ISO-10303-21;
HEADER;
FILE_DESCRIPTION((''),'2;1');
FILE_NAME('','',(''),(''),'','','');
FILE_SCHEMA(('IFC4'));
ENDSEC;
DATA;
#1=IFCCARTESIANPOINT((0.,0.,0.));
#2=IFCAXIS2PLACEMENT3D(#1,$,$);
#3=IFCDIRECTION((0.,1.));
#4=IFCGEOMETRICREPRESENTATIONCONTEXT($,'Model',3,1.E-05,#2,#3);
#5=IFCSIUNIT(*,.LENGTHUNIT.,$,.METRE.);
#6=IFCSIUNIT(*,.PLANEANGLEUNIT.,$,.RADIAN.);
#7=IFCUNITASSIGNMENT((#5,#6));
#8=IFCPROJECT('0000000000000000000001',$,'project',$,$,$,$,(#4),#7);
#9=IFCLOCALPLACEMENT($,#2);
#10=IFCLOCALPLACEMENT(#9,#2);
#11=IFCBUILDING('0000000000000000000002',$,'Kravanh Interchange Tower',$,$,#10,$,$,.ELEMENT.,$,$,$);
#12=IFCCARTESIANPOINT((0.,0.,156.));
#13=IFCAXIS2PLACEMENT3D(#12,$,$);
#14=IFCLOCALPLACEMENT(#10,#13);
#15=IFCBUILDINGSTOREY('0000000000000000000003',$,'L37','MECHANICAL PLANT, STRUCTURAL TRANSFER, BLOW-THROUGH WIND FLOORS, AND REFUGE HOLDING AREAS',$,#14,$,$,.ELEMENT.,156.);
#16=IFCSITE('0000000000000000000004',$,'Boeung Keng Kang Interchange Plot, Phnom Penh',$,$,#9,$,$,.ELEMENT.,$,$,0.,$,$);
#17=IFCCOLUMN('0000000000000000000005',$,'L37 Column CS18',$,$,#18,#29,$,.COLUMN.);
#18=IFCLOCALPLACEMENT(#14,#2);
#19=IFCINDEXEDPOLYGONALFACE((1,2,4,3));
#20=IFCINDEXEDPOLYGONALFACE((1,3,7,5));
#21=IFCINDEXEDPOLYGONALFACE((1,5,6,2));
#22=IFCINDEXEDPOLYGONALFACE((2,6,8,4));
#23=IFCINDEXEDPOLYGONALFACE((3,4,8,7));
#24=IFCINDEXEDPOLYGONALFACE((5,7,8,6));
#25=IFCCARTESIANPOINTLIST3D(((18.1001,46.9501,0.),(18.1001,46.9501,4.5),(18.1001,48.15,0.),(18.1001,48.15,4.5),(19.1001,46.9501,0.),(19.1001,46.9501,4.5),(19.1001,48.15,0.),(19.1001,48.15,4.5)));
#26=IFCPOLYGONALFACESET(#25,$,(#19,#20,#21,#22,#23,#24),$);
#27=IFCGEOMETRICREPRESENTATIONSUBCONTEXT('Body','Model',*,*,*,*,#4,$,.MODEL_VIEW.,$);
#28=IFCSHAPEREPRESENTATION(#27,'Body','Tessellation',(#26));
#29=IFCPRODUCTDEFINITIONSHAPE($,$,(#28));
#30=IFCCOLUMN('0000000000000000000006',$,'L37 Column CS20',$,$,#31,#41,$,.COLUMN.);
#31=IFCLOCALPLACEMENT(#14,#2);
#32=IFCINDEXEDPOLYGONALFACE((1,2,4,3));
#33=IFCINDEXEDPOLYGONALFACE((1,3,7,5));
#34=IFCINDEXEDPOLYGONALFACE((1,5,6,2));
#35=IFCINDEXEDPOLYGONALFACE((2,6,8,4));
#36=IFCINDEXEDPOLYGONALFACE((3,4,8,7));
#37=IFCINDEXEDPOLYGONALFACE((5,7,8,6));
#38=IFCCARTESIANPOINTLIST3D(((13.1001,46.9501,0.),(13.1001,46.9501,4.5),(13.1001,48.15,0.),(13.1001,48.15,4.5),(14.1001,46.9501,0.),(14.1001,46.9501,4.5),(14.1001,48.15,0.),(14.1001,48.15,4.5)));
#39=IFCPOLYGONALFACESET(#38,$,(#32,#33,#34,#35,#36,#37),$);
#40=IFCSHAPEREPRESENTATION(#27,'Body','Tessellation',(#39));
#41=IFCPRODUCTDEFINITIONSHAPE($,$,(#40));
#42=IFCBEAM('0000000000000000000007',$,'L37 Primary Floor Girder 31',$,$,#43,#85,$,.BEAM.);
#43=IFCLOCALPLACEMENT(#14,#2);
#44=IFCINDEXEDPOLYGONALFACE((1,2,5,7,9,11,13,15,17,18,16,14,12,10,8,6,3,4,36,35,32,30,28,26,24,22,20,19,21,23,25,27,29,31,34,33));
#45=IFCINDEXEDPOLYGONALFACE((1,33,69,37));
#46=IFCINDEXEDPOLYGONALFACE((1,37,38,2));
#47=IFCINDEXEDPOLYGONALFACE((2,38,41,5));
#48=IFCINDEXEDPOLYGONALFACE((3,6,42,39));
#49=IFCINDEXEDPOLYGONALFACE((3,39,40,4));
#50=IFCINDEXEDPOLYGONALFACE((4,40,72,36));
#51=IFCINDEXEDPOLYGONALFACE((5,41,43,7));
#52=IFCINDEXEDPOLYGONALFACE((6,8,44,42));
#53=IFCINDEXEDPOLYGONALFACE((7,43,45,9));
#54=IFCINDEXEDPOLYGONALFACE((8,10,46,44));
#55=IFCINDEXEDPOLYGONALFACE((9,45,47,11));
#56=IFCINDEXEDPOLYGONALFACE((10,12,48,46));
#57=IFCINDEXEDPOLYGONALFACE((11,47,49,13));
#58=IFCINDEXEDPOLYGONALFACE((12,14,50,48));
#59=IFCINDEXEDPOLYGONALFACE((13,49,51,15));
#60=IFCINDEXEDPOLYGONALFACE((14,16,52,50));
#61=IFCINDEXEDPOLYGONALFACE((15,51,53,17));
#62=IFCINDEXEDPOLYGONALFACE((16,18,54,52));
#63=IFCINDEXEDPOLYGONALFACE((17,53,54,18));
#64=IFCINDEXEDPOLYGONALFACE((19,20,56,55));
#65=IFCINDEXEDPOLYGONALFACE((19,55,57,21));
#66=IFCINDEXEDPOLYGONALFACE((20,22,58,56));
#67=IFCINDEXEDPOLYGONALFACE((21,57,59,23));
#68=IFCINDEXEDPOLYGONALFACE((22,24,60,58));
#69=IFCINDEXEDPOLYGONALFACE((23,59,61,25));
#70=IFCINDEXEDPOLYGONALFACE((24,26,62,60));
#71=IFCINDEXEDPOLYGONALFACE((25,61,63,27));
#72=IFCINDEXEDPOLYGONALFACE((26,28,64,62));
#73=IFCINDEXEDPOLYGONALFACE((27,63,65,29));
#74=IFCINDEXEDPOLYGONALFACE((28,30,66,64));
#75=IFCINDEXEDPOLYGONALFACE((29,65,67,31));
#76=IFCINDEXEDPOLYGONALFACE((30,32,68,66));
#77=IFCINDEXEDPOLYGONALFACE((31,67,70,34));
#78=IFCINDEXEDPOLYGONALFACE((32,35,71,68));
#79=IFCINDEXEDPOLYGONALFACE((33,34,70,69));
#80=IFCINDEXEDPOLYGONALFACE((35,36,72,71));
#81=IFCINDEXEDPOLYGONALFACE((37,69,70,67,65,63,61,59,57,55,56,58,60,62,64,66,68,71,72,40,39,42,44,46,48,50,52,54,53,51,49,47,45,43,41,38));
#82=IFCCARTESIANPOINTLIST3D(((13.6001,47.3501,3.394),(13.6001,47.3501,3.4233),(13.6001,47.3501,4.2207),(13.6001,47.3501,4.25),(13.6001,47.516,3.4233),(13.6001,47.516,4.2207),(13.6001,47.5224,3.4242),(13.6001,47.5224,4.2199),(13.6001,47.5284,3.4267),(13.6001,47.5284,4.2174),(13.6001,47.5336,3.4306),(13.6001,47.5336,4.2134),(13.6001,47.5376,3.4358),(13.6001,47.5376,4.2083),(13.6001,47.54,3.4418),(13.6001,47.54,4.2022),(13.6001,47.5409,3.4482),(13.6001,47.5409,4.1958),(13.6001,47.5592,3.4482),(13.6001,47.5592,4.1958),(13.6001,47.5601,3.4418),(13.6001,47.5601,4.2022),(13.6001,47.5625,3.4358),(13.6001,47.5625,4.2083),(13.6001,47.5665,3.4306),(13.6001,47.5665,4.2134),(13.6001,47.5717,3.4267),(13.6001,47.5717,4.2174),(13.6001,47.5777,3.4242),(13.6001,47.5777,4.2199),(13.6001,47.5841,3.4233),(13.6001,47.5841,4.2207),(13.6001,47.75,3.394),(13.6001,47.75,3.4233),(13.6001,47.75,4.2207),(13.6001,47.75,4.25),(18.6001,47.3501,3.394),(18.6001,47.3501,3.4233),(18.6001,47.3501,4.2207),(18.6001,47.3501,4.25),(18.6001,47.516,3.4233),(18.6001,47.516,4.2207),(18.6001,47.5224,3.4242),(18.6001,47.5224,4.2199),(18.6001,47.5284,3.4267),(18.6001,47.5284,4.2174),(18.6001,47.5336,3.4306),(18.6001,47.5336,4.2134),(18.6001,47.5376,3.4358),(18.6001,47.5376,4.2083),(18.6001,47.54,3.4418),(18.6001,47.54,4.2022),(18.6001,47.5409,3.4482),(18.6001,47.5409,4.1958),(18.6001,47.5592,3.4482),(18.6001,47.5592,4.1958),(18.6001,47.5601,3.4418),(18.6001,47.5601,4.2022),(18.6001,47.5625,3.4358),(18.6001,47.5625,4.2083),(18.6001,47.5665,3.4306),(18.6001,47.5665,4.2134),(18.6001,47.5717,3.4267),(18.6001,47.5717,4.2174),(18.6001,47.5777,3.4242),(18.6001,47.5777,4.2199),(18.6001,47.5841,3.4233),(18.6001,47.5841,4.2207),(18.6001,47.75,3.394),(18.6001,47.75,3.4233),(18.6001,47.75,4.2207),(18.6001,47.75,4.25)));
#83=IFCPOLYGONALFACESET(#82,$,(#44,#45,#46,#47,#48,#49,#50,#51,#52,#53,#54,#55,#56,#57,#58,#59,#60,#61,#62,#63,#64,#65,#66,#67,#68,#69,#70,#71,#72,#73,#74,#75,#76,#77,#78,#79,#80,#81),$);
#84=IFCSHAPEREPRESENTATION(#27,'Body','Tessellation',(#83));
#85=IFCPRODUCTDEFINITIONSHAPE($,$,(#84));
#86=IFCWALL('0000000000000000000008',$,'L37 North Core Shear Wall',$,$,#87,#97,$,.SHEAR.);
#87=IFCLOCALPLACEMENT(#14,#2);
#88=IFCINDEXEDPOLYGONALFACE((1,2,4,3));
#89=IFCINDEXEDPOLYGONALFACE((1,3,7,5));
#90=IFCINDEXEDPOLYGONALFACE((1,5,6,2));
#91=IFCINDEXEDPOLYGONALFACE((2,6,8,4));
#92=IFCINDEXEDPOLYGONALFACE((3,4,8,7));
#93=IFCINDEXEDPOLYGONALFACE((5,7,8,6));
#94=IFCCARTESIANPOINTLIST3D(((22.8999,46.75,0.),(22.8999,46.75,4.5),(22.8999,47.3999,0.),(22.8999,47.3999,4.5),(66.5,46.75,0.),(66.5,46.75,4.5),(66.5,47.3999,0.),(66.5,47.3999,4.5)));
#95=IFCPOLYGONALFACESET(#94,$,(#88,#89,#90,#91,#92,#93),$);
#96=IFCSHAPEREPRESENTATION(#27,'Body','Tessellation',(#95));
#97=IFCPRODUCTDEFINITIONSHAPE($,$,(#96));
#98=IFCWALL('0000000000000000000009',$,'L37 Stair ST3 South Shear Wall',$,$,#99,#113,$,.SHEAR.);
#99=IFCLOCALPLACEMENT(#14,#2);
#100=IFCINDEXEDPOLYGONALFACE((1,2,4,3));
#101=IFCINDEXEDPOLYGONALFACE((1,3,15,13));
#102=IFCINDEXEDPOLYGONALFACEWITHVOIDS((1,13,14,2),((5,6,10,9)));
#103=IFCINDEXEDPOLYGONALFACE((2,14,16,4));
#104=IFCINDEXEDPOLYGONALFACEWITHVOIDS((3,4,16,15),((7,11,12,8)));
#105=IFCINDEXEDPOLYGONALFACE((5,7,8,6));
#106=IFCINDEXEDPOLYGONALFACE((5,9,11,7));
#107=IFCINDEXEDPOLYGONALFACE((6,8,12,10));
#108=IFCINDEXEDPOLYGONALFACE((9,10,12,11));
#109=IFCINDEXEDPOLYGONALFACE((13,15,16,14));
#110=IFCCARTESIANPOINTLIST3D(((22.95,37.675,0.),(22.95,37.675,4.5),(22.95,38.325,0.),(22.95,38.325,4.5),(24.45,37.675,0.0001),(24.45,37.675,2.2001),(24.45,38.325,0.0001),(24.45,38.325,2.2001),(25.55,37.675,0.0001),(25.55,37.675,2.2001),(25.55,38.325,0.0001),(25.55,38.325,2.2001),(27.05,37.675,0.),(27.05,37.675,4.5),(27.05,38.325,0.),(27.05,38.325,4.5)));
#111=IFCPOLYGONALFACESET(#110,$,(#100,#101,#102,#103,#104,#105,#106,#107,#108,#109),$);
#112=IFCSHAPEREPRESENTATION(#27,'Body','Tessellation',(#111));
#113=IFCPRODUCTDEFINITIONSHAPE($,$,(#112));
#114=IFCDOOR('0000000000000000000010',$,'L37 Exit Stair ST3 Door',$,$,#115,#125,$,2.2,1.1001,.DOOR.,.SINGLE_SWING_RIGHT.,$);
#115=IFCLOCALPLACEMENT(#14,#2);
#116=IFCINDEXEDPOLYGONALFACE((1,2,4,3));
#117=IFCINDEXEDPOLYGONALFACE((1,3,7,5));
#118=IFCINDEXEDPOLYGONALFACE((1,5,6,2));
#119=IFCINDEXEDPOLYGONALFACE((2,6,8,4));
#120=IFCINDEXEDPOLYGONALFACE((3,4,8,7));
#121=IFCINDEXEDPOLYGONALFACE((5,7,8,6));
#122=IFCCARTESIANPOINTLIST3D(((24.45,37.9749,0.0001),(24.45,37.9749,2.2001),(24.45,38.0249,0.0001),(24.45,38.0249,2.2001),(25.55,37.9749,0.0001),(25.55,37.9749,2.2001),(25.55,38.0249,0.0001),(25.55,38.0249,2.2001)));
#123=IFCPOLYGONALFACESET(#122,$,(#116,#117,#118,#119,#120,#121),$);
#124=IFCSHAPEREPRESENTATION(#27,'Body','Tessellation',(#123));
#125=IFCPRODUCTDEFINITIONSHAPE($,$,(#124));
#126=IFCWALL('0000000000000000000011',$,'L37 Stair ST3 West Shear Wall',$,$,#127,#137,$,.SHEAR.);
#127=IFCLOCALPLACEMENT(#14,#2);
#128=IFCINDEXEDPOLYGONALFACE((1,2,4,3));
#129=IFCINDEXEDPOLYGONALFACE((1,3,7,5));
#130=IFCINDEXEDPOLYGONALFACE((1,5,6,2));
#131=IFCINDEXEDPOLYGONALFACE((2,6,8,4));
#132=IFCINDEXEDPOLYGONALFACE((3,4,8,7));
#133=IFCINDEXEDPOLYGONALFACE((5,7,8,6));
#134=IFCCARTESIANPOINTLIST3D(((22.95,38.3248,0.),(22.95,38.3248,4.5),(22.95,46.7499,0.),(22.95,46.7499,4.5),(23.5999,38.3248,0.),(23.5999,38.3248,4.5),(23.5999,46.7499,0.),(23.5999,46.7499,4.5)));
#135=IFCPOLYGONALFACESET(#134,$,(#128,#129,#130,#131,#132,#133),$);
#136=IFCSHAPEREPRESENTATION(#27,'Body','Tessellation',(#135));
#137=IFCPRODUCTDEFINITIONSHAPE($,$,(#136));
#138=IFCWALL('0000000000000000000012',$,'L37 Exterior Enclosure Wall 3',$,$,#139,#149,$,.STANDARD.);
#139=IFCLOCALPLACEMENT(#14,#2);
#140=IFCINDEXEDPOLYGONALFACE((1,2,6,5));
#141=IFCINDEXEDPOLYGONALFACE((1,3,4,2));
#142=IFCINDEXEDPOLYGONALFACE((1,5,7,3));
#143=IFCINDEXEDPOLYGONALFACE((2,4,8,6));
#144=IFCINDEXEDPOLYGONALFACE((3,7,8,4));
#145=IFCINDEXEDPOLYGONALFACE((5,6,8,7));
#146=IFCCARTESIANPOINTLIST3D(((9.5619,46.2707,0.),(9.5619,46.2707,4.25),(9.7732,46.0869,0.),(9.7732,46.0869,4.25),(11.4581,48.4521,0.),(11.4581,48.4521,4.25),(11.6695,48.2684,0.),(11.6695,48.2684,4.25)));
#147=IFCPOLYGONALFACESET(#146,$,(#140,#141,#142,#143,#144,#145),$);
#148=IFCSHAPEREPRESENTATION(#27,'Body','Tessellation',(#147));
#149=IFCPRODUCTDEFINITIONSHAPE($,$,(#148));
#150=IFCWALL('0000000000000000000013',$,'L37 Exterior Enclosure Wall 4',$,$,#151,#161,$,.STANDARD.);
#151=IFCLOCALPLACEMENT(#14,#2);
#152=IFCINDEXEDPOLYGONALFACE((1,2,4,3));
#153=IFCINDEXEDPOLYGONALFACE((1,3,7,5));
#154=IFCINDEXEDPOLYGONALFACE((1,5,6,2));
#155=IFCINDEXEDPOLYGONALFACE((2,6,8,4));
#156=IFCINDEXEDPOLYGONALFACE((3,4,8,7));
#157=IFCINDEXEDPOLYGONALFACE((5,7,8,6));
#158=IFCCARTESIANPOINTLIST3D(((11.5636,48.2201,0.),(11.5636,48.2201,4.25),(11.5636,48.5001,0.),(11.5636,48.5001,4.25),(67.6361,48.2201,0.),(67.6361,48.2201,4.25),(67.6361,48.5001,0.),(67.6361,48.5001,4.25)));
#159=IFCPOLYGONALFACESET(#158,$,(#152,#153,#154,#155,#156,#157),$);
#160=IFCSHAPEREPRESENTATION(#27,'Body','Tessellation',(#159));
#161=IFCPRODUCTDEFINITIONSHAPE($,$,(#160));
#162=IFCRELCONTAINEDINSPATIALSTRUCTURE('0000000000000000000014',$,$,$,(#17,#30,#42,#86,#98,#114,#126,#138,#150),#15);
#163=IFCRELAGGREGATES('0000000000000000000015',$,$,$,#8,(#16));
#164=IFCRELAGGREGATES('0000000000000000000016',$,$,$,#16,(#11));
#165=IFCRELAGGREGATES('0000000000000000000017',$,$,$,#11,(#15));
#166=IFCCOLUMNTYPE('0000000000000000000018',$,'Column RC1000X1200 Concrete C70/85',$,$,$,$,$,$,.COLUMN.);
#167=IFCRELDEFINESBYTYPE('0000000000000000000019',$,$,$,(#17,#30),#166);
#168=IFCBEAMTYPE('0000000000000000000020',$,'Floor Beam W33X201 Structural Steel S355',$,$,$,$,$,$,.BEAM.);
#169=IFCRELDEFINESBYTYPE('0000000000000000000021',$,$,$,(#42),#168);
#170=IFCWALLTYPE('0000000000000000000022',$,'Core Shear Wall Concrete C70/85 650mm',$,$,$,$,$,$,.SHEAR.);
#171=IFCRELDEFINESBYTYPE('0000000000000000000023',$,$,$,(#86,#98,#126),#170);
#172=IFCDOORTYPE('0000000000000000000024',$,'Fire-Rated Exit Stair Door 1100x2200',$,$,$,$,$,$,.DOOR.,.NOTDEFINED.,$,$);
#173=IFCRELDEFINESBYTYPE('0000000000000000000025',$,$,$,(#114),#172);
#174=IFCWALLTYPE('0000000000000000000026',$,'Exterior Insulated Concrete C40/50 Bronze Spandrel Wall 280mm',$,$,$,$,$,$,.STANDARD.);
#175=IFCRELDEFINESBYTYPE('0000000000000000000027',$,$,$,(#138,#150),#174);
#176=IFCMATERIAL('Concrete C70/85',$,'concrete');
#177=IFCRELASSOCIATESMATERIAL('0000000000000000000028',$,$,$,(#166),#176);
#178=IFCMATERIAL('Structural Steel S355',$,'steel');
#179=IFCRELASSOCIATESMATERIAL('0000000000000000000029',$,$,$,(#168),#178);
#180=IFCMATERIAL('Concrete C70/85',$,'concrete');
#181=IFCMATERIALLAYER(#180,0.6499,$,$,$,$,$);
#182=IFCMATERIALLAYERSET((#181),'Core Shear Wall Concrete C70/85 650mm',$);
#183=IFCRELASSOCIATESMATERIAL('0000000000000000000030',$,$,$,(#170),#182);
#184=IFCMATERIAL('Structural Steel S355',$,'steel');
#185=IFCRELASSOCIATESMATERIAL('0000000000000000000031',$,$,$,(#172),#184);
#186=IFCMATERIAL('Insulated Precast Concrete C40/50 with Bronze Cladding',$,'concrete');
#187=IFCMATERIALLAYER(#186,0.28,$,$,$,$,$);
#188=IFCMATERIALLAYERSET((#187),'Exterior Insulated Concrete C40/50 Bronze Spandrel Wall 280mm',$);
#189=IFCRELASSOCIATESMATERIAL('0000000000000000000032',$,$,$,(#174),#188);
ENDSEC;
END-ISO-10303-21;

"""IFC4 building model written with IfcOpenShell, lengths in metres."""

from ifc_helpers import new_model, si_unit, direction, frame, frame_2d, origin, origin_2d, place, context, subcontext, project, spatial, rectangle, i_section, extrude, material, layer, layer_set, material_profile, profile_set, type_object, element, fill, save


model = new_model("IFC4")

# Units and contexts
model_context = context("Model", 3, precision=1e-05, world=origin(), true_north=direction((0.0, 1.0)))
body_context = subcontext(model_context, "Body", "Model", "MODEL_VIEW")
ifc_project = project(units=[si_unit("LENGTHUNIT", "METRE"), si_unit("PLANEANGLEUNIT", "RADIAN")], contexts=[model_context])

# Site, building, storey
site_placement = place(None, origin())
site = spatial("IfcSite", under=ifc_project, at=site_placement, Name="Boeung Keng Kang Interchange Plot, Phnom Penh", CompositionType="ELEMENT", RefElevation=0.0)
building_placement = place(site_placement, origin())
building = spatial("IfcBuilding", under=site, at=building_placement, Name="Kravanh Interchange Tower", CompositionType="ELEMENT")
storey_placement = place(building_placement, frame((0.0, 0.0, 156.0)))
storey = spatial("IfcBuildingStorey", under=building, at=storey_placement, Name="L37", Description="MECHANICAL PLANT, STRUCTURAL TRANSFER, BLOW-THROUGH WIND FLOORS, AND REFUGE HOLDING AREAS", CompositionType="ELEMENT", Elevation=156.0)

# Columns
ifc_material_1 = material(Name="Concrete C70/85", Category="concrete")
ifc_material_profile_1 = material_profile(ifc_material_1, rectangle(XDim=1.0, YDim=1.2, at=origin_2d()), Name="RC1000X1200")
ifc_profile_set_1 = profile_set([ifc_material_profile_1], Name="Concrete C70/85")
column_type = type_object("IfcColumnType", Name="Column RC1000X1200 Concrete C70/85", PredefinedType="COLUMN", material=ifc_profile_set_1)
for number, where, z_axis, x_axis, name in (
    (1, (18.6001, 47.55, 0.0), (0.0, 0.0, 1.0), (1.0, 0.0, 0.0), "L37 Column CS18"),
    (2, (13.6001, 47.55, 0.0), (0.0, 0.0, 1.0), (1.0, 0.0, 0.0), "L37 Column CS20"),
):
    element("IfcColumn", number, at=place(storey_placement, frame(where, z_axis=z_axis, x_axis=x_axis)), inside=storey, type_object=column_type, Name=name, PredefinedType="COLUMN", context=body_context, shape_type="SweptSolid", body=[
        extrude(rectangle(XDim=1.0, YDim=1.2, at=origin_2d()), origin(), (0.0, 0.0, 1.0), 4.5),
    ])

# Beam
ifc_material_2 = material(Name="Structural Steel S355", Category="steel")
ifc_material_profile_2 = material_profile(ifc_material_2, i_section(OverallWidth=0.3999, OverallDepth=0.856, WebThickness=0.0183, FlangeThickness=0.0293, FilletRadius=0.0249, at=origin_2d()), Name="W33X201")
ifc_profile_set_2 = profile_set([ifc_material_profile_2], Name="Structural Steel S355")
beam_type = type_object("IfcBeamType", Name="Floor Beam W33X201 Structural Steel S355", PredefinedType="BEAM", material=ifc_profile_set_2)
beam_placement = place(storey_placement, frame((18.6001, 47.55, 3.822), z_axis=(-1.0, 0.0, 0.0), x_axis=(0.0, -1.0, 0.0)))
element("IfcBeam", 3, at=beam_placement, inside=storey, type_object=beam_type, Name="L37 Primary Floor Girder 31", PredefinedType="BEAM", context=body_context, shape_type="SweptSolid", body=[
    extrude(i_section(OverallWidth=0.3999, OverallDepth=0.856, WebThickness=0.0183, FlangeThickness=0.0293, FilletRadius=0.0249, at=origin_2d()), origin(), (0.0, 0.0, 1.0), 5.0),
])

# Wall
ifc_material_3 = material(Name="Concrete C70/85", Category="concrete")
ifc_layer_1 = layer(ifc_material_3, 0.6499)
ifc_layer_set_1 = layer_set([ifc_layer_1], Name="Core Shear Wall Concrete C70/85 650mm")
wall_type_1 = type_object("IfcWallType", Name="Core Shear Wall Concrete C70/85 650mm", PredefinedType="SHEAR", material=ifc_layer_set_1)
wall_1_placement = place(storey_placement, frame((22.8999, 47.075, 0.0), z_axis=(0.0, 0.0, 1.0), x_axis=(1.0, 0.0, 0.0)))
element("IfcWall", 4, at=wall_1_placement, inside=storey, type_object=wall_type_1, Name="L37 North Core Shear Wall", PredefinedType="SHEAR", context=body_context, shape_type="SweptSolid", body=[
    extrude(rectangle(XDim=43.6001, YDim=0.6499, at=frame_2d((21.8, 0.0))), origin(), (0.0, 0.0, 1.0), 4.5),
])

# Wall, opening, door
wall_2_placement = place(storey_placement, frame((22.95, 38.0, 0.0), z_axis=(0.0, 0.0, 1.0), x_axis=(1.0, 0.0, 0.0)))
wall_2 = element("IfcWall", 5, at=wall_2_placement, inside=storey, type_object=wall_type_1, Name="L37 Stair ST3 South Shear Wall", PredefinedType="SHEAR", context=body_context, shape_type="SweptSolid", body=[
    extrude(rectangle(XDim=4.1001, YDim=0.6499, at=frame_2d((2.05, 0.0))), origin(), (0.0, 0.0, 1.0), 4.5),
])
opening_placement = place(wall_2_placement, frame((1.5, 0.0, 0.0)))
opening = element("IfcOpeningElement", 6, at=opening_placement, cuts=wall_2, PredefinedType="OPENING", context=body_context, shape_type="SweptSolid", body=[
    extrude(rectangle(XDim=1.1001, YDim=2.2, at=frame_2d((0.55, 1.1001))), frame((0.0, 0.335, 0.0), z_axis=(0.0, -1.0, 0.0), x_axis=(1.0, 0.0, 0.0)), (0.0, 0.0, 1.0), 0.6699),
])
ifc_material_4 = material(Name="Structural Steel S355", Category="steel")
door_type = type_object("IfcDoorType", Name="Fire-Rated Exit Stair Door 1100x2200", OperationType="NOTDEFINED", PredefinedType="DOOR", material=ifc_material_4)
door_placement = place(opening_placement, origin())
door = element("IfcDoor", 7, at=door_placement, inside=storey, type_object=door_type, Name="L37 Exit Stair ST3 Door", OperationType="SINGLE_SWING_RIGHT", OverallHeight=2.2, OverallWidth=1.1001, PredefinedType="DOOR", context=body_context, shape_type="SweptSolid", body=[
    extrude(rectangle(XDim=1.1001, YDim=2.2, at=frame_2d((0.55, 1.1001))), frame((0.0, 0.0249, 0.0), z_axis=(0.0, -1.0, 0.0), x_axis=(1.0, 0.0, 0.0)), (0.0, 0.0, 1.0), 0.05),
])
fill(opening, door)

# Walls
wall_3_placement = place(storey_placement, frame((23.2749, 38.325, 0.0), z_axis=(0.0, 0.0, 1.0), x_axis=(0.0, 1.0, 0.0)))
element("IfcWall", 8, at=wall_3_placement, inside=storey, type_object=wall_type_1, Name="L37 Stair ST3 West Shear Wall", PredefinedType="SHEAR", context=body_context, shape_type="SweptSolid", body=[
    extrude(rectangle(XDim=8.425, YDim=0.6499, at=frame_2d((4.2124, 0.0))), origin(), (0.0, 0.0, 1.0), 4.5),
])
ifc_material_5 = material(Name="Insulated Precast Concrete C40/50 with Bronze Cladding", Category="concrete")
ifc_layer_2 = layer(ifc_material_5, 0.28)
ifc_layer_set_2 = layer_set([ifc_layer_2], Name="Exterior Insulated Concrete C40/50 Bronze Spandrel Wall 280mm")
wall_type_2 = type_object("IfcWallType", Name="Exterior Insulated Concrete C40/50 Bronze Spandrel Wall 280mm", PredefinedType="STANDARD", material=ifc_layer_set_2)
wall_4_placement = place(storey_placement, frame((9.6675, 46.1787, 0.0), z_axis=(0.0, 0.0, 1.0), x_axis=(0.656055, 0.754713, 0.0)))
element("IfcWall", 9, at=wall_4_placement, inside=storey, type_object=wall_type_2, Name="L37 Exterior Enclosure Wall 3", PredefinedType="STANDARD", context=body_context, shape_type="SweptSolid", body=[
    extrude(rectangle(XDim=2.8904, YDim=0.28, at=frame_2d((1.4453, 0.0))), origin(), (0.0, 0.0, 1.0), 4.25),
])
wall_5_placement = place(storey_placement, frame((11.5637, 48.3601, 0.0), z_axis=(0.0, 0.0, 1.0), x_axis=(1.0, 0.0, 0.0)))
element("IfcWall", 10, at=wall_5_placement, inside=storey, type_object=wall_type_2, Name="L37 Exterior Enclosure Wall 4", PredefinedType="STANDARD", context=body_context, shape_type="SweptSolid", body=[
    extrude(rectangle(XDim=56.0725, YDim=0.28, at=frame_2d((28.0361, 0.0))), origin(), (0.0, 0.0, 1.0), 4.25),
])

save(model, "model.ifc")
